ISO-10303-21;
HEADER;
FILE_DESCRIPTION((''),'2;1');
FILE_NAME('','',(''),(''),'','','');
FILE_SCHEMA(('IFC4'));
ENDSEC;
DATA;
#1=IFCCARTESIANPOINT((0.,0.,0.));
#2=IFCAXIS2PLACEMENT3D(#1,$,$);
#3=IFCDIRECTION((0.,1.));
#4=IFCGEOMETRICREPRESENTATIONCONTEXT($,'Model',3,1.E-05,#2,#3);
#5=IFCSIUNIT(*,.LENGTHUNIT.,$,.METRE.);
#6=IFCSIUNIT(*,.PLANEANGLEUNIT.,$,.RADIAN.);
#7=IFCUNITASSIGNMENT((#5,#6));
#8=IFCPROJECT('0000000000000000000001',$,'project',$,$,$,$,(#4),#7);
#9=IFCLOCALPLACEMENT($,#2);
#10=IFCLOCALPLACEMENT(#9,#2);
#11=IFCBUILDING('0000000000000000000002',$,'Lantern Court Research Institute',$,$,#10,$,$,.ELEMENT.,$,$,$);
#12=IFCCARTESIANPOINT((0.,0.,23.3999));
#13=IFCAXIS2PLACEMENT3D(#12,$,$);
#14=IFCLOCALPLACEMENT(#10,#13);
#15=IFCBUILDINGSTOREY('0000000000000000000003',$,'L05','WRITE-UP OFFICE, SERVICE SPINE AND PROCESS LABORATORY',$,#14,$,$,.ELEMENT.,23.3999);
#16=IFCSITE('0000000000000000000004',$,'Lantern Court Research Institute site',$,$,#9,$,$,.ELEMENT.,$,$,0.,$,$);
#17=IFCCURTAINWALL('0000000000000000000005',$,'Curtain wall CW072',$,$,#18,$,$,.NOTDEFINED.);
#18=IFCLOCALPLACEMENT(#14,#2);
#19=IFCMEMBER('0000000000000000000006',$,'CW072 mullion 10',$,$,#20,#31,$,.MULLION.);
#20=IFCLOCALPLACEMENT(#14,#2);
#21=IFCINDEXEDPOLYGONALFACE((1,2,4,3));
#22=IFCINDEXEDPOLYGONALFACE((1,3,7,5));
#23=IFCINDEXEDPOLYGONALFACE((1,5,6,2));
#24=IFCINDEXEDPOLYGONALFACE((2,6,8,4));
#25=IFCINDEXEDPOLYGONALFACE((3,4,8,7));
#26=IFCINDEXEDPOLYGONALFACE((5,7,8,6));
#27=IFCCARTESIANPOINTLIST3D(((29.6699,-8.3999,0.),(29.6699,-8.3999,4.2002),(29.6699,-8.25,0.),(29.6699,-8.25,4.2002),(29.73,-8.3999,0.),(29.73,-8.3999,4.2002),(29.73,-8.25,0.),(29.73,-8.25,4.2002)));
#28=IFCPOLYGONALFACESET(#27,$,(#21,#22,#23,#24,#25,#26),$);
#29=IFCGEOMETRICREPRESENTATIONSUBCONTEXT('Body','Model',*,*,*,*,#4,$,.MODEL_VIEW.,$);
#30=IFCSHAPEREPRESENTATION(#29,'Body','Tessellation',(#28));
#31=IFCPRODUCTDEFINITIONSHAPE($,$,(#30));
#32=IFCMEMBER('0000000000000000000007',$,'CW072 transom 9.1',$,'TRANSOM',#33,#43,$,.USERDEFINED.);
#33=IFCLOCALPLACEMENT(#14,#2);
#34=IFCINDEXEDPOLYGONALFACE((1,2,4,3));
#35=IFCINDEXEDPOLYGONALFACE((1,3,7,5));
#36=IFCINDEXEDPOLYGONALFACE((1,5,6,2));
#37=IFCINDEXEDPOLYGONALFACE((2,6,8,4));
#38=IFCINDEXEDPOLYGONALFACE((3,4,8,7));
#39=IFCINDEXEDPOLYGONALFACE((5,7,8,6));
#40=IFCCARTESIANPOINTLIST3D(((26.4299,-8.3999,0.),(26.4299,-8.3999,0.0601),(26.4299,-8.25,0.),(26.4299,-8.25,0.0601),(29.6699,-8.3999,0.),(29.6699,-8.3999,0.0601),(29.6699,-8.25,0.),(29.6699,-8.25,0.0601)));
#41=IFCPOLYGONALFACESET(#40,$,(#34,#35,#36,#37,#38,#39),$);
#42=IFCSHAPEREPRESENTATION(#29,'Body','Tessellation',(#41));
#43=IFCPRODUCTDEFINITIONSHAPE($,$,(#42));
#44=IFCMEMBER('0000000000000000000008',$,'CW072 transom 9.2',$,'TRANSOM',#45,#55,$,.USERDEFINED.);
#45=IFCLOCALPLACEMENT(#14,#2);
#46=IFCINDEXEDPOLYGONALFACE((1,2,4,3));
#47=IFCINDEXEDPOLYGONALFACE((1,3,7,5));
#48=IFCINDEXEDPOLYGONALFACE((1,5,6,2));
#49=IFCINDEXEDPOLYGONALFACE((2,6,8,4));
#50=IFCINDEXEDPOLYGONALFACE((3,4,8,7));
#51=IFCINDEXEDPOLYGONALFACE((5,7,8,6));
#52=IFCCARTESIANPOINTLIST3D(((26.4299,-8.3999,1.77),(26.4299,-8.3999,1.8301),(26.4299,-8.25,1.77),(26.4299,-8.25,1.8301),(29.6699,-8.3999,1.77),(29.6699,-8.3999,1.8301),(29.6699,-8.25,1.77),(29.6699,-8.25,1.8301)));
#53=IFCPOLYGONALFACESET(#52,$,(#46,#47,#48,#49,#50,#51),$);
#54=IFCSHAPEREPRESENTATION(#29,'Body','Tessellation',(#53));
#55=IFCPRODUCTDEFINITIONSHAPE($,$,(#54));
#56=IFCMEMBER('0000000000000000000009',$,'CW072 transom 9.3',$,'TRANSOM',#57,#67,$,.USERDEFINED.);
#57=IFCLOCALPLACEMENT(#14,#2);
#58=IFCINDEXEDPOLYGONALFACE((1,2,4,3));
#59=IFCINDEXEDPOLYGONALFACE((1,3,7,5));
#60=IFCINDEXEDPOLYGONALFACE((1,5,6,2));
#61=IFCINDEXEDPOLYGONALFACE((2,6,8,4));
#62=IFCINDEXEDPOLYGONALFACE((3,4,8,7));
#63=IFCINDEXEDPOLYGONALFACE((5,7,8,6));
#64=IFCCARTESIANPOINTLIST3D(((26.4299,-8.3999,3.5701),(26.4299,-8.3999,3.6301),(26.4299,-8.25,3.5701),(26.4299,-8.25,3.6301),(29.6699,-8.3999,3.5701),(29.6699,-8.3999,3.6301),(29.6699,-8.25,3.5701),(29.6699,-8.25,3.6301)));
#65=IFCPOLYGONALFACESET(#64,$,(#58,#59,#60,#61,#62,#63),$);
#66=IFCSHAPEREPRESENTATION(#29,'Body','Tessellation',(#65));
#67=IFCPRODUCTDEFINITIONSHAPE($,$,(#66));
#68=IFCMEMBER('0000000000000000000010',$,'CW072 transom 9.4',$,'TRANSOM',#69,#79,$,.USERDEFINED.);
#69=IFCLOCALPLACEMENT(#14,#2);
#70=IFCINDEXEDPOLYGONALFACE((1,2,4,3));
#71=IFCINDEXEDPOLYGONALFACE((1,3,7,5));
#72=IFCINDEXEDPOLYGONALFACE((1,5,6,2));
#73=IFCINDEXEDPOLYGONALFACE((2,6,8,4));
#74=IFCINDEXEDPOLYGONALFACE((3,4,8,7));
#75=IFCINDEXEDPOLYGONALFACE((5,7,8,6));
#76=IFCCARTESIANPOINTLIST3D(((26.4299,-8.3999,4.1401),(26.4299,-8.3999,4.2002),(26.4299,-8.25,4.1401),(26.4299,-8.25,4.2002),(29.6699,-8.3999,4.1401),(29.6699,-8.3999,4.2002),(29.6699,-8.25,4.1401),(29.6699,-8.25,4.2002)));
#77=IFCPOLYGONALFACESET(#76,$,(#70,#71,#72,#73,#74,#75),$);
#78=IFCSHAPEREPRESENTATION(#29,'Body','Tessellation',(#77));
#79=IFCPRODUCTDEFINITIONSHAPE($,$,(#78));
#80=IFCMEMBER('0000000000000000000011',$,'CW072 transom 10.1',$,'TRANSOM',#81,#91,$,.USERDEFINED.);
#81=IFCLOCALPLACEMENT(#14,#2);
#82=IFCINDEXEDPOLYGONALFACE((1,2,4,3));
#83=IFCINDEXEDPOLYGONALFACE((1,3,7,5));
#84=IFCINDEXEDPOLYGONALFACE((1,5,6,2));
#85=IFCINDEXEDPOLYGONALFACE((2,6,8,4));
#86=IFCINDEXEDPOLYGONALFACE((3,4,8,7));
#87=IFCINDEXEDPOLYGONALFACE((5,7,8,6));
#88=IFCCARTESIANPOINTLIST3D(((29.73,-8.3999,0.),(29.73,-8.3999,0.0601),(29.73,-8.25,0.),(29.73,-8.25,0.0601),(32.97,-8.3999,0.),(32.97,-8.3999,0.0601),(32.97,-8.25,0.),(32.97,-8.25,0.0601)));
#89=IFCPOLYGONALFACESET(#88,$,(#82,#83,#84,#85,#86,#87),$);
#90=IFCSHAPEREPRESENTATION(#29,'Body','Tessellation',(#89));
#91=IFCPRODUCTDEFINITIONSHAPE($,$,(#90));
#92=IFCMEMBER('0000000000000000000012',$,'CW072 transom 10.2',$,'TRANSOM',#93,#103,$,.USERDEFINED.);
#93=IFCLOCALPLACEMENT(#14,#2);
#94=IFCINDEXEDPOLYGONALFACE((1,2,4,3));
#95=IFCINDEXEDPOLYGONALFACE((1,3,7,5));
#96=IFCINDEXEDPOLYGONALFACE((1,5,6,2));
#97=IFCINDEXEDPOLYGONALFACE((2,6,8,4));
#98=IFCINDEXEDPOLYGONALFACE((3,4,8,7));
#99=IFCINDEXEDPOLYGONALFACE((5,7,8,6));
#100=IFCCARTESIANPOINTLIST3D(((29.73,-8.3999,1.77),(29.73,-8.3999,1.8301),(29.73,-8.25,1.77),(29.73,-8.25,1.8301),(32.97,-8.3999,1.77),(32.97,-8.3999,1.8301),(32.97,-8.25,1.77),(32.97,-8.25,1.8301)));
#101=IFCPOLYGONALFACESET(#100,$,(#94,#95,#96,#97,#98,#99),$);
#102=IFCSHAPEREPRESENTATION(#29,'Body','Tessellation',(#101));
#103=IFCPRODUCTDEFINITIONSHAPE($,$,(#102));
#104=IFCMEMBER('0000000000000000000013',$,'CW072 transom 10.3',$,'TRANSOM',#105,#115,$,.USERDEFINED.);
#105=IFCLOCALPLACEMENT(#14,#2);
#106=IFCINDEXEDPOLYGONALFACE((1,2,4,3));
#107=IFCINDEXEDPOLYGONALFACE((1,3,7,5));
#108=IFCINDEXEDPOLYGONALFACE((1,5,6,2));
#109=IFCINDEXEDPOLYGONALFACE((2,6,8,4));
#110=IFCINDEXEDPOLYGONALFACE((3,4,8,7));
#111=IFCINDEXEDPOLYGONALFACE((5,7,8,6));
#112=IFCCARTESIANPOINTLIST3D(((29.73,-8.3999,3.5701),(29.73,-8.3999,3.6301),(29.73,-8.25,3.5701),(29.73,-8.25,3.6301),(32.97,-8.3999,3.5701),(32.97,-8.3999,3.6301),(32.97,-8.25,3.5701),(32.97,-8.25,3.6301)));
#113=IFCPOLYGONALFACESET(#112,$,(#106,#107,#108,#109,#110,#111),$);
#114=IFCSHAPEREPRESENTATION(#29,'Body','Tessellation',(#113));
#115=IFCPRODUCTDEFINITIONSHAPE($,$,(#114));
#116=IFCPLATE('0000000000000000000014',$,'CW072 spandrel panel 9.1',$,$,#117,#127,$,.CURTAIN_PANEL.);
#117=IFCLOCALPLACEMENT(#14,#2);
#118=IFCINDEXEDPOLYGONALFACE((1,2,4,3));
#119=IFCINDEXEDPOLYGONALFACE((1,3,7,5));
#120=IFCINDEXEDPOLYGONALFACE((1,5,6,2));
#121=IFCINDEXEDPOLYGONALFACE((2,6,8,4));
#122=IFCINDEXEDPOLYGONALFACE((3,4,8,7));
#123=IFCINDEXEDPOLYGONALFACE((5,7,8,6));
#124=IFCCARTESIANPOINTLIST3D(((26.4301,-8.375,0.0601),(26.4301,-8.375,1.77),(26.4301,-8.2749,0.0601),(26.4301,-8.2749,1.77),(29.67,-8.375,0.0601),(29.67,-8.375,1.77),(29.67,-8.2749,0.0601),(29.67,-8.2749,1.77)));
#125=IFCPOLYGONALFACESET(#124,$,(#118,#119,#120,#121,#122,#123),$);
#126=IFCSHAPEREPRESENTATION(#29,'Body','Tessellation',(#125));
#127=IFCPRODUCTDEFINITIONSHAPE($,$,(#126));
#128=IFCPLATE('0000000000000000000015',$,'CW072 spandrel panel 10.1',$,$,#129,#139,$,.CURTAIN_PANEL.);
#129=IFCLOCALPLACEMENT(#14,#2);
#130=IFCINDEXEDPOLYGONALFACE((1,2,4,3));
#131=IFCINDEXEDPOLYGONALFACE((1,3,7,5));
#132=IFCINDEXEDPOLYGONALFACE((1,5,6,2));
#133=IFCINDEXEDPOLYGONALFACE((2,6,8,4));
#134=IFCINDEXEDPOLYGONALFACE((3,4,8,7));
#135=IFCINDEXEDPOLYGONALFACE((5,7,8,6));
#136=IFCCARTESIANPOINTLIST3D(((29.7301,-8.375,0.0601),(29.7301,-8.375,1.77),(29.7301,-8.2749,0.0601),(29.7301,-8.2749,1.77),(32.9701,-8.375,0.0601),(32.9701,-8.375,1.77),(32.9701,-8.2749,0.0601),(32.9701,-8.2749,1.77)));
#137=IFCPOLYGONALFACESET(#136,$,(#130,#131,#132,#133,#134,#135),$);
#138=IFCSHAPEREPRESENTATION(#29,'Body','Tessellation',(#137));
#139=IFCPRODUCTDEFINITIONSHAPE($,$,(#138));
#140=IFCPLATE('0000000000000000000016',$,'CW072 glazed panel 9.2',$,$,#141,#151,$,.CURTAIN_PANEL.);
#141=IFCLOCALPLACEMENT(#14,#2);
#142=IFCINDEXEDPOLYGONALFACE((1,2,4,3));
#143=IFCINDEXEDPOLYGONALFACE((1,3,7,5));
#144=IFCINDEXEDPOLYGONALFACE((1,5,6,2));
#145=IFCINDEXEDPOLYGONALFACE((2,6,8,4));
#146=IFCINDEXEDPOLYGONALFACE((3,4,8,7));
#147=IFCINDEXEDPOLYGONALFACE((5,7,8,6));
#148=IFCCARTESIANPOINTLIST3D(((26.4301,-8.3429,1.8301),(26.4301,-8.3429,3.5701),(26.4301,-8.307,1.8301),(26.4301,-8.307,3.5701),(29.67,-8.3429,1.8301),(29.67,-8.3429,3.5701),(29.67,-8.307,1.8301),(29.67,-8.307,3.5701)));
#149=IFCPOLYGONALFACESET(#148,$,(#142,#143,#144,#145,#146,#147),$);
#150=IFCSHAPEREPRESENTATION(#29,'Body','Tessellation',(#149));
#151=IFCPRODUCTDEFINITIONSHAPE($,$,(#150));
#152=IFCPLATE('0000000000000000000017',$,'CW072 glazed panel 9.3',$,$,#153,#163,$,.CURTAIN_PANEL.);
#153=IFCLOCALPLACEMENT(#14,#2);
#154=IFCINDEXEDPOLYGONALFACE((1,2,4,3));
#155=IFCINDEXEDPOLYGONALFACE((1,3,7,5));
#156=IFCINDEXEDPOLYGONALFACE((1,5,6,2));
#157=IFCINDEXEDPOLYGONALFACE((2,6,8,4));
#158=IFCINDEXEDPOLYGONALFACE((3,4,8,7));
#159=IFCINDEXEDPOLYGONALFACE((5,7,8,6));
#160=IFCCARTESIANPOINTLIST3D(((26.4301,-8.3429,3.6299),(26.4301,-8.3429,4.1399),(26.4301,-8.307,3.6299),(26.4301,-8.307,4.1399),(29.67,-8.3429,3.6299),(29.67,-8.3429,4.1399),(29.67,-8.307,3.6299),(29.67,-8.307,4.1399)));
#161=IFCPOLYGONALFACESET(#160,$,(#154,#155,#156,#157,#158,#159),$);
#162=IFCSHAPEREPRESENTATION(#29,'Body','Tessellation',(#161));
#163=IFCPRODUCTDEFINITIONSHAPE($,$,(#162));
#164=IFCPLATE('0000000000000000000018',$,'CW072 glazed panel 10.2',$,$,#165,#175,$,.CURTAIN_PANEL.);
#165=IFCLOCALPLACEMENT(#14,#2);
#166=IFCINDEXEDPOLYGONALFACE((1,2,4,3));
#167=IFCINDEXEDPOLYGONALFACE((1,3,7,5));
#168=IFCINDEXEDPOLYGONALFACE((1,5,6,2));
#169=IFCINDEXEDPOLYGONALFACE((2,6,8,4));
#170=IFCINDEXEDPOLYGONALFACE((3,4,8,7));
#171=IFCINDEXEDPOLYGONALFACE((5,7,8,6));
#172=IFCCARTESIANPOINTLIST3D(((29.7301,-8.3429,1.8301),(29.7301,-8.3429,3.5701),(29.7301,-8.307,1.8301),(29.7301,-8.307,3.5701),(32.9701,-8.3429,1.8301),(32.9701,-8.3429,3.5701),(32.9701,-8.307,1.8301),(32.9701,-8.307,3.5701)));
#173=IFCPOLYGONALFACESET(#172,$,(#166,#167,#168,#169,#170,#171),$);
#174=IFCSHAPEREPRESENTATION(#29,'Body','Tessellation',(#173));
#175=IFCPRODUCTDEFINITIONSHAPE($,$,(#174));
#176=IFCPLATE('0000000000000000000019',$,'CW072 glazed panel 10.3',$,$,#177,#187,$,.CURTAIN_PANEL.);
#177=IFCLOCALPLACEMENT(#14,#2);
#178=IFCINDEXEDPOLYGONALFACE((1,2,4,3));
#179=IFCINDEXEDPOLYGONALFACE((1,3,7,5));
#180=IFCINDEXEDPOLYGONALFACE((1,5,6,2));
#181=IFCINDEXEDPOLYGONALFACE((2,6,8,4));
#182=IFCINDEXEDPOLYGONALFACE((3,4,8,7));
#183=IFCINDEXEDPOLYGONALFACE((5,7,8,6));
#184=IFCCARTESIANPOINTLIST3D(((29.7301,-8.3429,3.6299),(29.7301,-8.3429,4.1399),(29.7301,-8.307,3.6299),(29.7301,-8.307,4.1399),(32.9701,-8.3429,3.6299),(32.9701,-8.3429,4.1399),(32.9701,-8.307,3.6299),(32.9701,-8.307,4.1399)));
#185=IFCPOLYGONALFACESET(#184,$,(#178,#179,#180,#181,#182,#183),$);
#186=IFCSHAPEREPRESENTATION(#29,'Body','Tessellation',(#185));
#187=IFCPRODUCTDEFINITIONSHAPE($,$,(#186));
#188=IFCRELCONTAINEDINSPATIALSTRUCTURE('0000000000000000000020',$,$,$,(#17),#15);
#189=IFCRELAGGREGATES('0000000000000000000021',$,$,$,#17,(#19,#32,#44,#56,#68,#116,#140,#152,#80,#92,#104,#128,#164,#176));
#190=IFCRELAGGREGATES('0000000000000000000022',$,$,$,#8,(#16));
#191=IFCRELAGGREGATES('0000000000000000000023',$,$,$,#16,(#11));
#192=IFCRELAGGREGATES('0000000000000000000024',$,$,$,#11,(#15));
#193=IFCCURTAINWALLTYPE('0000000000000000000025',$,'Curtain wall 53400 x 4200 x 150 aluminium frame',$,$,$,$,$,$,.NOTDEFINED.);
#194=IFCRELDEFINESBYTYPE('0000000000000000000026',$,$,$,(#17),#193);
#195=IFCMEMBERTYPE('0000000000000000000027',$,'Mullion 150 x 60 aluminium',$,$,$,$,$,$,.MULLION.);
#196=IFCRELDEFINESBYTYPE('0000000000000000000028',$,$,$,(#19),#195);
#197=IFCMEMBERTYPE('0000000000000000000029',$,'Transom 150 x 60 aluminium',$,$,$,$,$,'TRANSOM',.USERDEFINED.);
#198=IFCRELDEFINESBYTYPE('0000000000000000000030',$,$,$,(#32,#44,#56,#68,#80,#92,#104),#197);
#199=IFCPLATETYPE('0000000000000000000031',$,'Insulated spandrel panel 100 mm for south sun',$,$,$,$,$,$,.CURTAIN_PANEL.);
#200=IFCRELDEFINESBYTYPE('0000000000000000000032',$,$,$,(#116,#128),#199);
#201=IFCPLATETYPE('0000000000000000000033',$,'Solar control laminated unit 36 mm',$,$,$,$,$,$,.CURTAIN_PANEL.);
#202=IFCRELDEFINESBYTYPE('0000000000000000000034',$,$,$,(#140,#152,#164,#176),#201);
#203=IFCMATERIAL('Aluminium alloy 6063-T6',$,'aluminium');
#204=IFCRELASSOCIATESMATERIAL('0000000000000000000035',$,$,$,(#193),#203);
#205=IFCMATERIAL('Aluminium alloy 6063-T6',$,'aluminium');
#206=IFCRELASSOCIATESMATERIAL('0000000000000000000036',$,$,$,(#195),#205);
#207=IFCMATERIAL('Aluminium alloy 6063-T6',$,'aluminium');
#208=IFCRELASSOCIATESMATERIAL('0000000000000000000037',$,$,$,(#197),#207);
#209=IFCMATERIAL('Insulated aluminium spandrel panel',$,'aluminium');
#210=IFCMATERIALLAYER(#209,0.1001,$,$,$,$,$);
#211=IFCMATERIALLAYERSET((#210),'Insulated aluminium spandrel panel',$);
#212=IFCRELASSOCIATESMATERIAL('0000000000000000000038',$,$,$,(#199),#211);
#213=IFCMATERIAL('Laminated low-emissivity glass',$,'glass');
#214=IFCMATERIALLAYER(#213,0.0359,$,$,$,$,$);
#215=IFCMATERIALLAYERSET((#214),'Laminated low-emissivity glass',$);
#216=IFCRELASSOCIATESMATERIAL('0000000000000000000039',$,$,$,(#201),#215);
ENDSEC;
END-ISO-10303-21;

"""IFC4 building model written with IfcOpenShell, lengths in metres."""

from ifc_helpers import new_model, si_unit, direction, frame, origin, origin_2d, place, context, subcontext, project, spatial, rectangle, extrude, material, layer, layer_set, material_profile, profile_set, type_object, element, aggregate, save


model = new_model("IFC4")

# Units and contexts
model_context = context("Model", 3, precision=1e-05, world=origin(), true_north=direction((0.0, 1.0)))
body_context = subcontext(model_context, "Body", "Model", "MODEL_VIEW")
ifc_project = project(units=[si_unit("LENGTHUNIT", "METRE"), si_unit("PLANEANGLEUNIT", "RADIAN")], contexts=[model_context])

# Site, building, storey
site_placement = place(None, origin())
site = spatial("IfcSite", under=ifc_project, at=site_placement, Name="Lantern Court Research Institute site", CompositionType="ELEMENT", RefElevation=0.0)
building_placement = place(site_placement, origin())
building = spatial("IfcBuilding", under=site, at=building_placement, Name="Lantern Court Research Institute", CompositionType="ELEMENT")
storey_placement = place(building_placement, frame((0.0, 0.0, 23.3999)))
storey = spatial("IfcBuildingStorey", under=building, at=storey_placement, Name="L05", Description="WRITE-UP OFFICE, SERVICE SPINE AND PROCESS LABORATORY", CompositionType="ELEMENT", Elevation=23.3999)

# Curtain wall, members, plates
ifc_material_1 = material(Name="Aluminium alloy 6063-T6", Category="aluminium")
curtain_wall_type = type_object("IfcCurtainWallType", Name="Curtain wall 53400 x 4200 x 150 aluminium frame", PredefinedType="NOTDEFINED", material=ifc_material_1)
curtain_wall_placement = place(storey_placement, origin())
curtain_wall = element("IfcCurtainWall", 1, at=curtain_wall_placement, inside=storey, type_object=curtain_wall_type, Name="Curtain wall CW072", PredefinedType="NOTDEFINED")
ifc_material_2 = material(Name="Aluminium alloy 6063-T6", Category="aluminium")
ifc_material_profile_1 = material_profile(ifc_material_2, rectangle(XDim=0.1499, YDim=0.0601, at=origin_2d()), Name="Mullion 150 x 60")
ifc_profile_set_1 = profile_set([ifc_material_profile_1], Name="Aluminium alloy 6063-T6")
member_type_1 = type_object("IfcMemberType", Name="Mullion 150 x 60 aluminium", PredefinedType="MULLION", material=ifc_profile_set_1)
member_1_placement = place(storey_placement, frame((29.7, -8.325, 0.0), z_axis=(0.0, 0.0, 1.0), x_axis=(0.0, -1.0, 0.0)))
member_1 = element("IfcMember", 2, at=member_1_placement, type_object=member_type_1, Name="CW072 mullion 10", PredefinedType="MULLION", context=body_context, shape_type="SweptSolid", body=[
    extrude(rectangle(XDim=0.1499, YDim=0.0601, at=origin_2d()), origin(), (0.0, 0.0, 1.0), 4.2002),
])
ifc_material_3 = material(Name="Aluminium alloy 6063-T6", Category="aluminium")
ifc_material_profile_2 = material_profile(ifc_material_3, rectangle(XDim=0.1499, YDim=0.0601, at=origin_2d()), Name="Transom 150 x 60")
ifc_profile_set_2 = profile_set([ifc_material_profile_2], Name="Aluminium alloy 6063-T6")
member_type_2 = type_object("IfcMemberType", Name="Transom 150 x 60 aluminium", ElementType="TRANSOM", PredefinedType="USERDEFINED", material=ifc_profile_set_2)
member_2_placement = place(storey_placement, frame((29.6699, -8.325, 0.03), z_axis=(-1.0, 0.0, 0.0), x_axis=(0.0, -1.0, 0.0)))
member_2 = element("IfcMember", 3, at=member_2_placement, type_object=member_type_2, Name="CW072 transom 9.1", ObjectType="TRANSOM", PredefinedType="USERDEFINED", context=body_context, shape_type="SweptSolid", body=[
    extrude(rectangle(XDim=0.1499, YDim=0.0601, at=origin_2d()), origin(), (0.0, 0.0, 1.0), 3.24),
])
member_3_placement = place(storey_placement, frame((29.6699, -8.325, 1.8), z_axis=(-1.0, 0.0, 0.0), x_axis=(0.0, -1.0, 0.0)))
member_3 = element("IfcMember", 4, at=member_3_placement, type_object=member_type_2, Name="CW072 transom 9.2", ObjectType="TRANSOM", PredefinedType="USERDEFINED", context=body_context, shape_type="SweptSolid", body=[
    extrude(rectangle(XDim=0.1499, YDim=0.0601, at=origin_2d()), origin(), (0.0, 0.0, 1.0), 3.24),
])
member_4_placement = place(storey_placement, frame((29.6699, -8.325, 3.6001), z_axis=(-1.0, 0.0, 0.0), x_axis=(0.0, -1.0, 0.0)))
member_4 = element("IfcMember", 5, at=member_4_placement, type_object=member_type_2, Name="CW072 transom 9.3", ObjectType="TRANSOM", PredefinedType="USERDEFINED", context=body_context, shape_type="SweptSolid", body=[
    extrude(rectangle(XDim=0.1499, YDim=0.0601, at=origin_2d()), origin(), (0.0, 0.0, 1.0), 3.24),
])
member_5_placement = place(storey_placement, frame((29.6699, -8.325, 4.1702), z_axis=(-1.0, 0.0, 0.0), x_axis=(0.0, -1.0, 0.0)))
member_5 = element("IfcMember", 6, at=member_5_placement, type_object=member_type_2, Name="CW072 transom 9.4", ObjectType="TRANSOM", PredefinedType="USERDEFINED", context=body_context, shape_type="SweptSolid", body=[
    extrude(rectangle(XDim=0.1499, YDim=0.0601, at=origin_2d()), origin(), (0.0, 0.0, 1.0), 3.24),
])
member_6_placement = place(storey_placement, frame((32.97, -8.325, 0.03), z_axis=(-1.0, 0.0, 0.0), x_axis=(0.0, -1.0, 0.0)))
member_6 = element("IfcMember", 7, at=member_6_placement, type_object=member_type_2, Name="CW072 transom 10.1", ObjectType="TRANSOM", PredefinedType="USERDEFINED", context=body_context, shape_type="SweptSolid", body=[
    extrude(rectangle(XDim=0.1499, YDim=0.0601, at=origin_2d()), origin(), (0.0, 0.0, 1.0), 3.24),
])
member_7_placement = place(storey_placement, frame((32.97, -8.325, 1.8), z_axis=(-1.0, 0.0, 0.0), x_axis=(0.0, -1.0, 0.0)))
member_7 = element("IfcMember", 8, at=member_7_placement, type_object=member_type_2, Name="CW072 transom 10.2", ObjectType="TRANSOM", PredefinedType="USERDEFINED", context=body_context, shape_type="SweptSolid", body=[
    extrude(rectangle(XDim=0.1499, YDim=0.0601, at=origin_2d()), origin(), (0.0, 0.0, 1.0), 3.24),
])
member_8_placement = place(storey_placement, frame((32.97, -8.325, 3.6001), z_axis=(-1.0, 0.0, 0.0), x_axis=(0.0, -1.0, 0.0)))
member_8 = element("IfcMember", 9, at=member_8_placement, type_object=member_type_2, Name="CW072 transom 10.3", ObjectType="TRANSOM", PredefinedType="USERDEFINED", context=body_context, shape_type="SweptSolid", body=[
    extrude(rectangle(XDim=0.1499, YDim=0.0601, at=origin_2d()), origin(), (0.0, 0.0, 1.0), 3.24),
])
ifc_material_4 = material(Name="Insulated aluminium spandrel panel", Category="aluminium")
ifc_layer_1 = layer(ifc_material_4, 0.1001)
ifc_layer_set_1 = layer_set([ifc_layer_1], Name="Insulated aluminium spandrel panel")
plate_type_1 = type_object("IfcPlateType", Name="Insulated spandrel panel 100 mm for south sun", PredefinedType="CURTAIN_PANEL", material=ifc_layer_set_1)
plate_1_placement = place(storey_placement, frame((28.05, -8.325, 0.0601), z_axis=(0.0, 0.0, 1.0), x_axis=(-1.0, 0.0, 0.0)))
plate_1 = element("IfcPlate", 10, at=plate_1_placement, type_object=plate_type_1, Name="CW072 spandrel panel 9.1", PredefinedType="CURTAIN_PANEL", context=body_context, shape_type="SweptSolid", body=[
    extrude(rectangle(XDim=3.24, YDim=0.1001, at=origin_2d()), origin(), (0.0, 0.0, 1.0), 1.71),
])
plate_2_placement = place(storey_placement, frame((31.3501, -8.325, 0.0601), z_axis=(0.0, 0.0, 1.0), x_axis=(-1.0, 0.0, 0.0)))
plate_2 = element("IfcPlate", 11, at=plate_2_placement, type_object=plate_type_1, Name="CW072 spandrel panel 10.1", PredefinedType="CURTAIN_PANEL", context=body_context, shape_type="SweptSolid", body=[
    extrude(rectangle(XDim=3.24, YDim=0.1001, at=origin_2d()), origin(), (0.0, 0.0, 1.0), 1.71),
])
ifc_material_5 = material(Name="Laminated low-emissivity glass", Category="glass")
ifc_layer_2 = layer(ifc_material_5, 0.0359)
ifc_layer_set_2 = layer_set([ifc_layer_2], Name="Laminated low-emissivity glass")
plate_type_2 = type_object("IfcPlateType", Name="Solar control laminated unit 36 mm", PredefinedType="CURTAIN_PANEL", material=ifc_layer_set_2)
plate_3_placement = place(storey_placement, frame((28.05, -8.325, 1.8301), z_axis=(0.0, 0.0, 1.0), x_axis=(-1.0, 0.0, 0.0)))
plate_3 = element("IfcPlate", 12, at=plate_3_placement, type_object=plate_type_2, Name="CW072 glazed panel 9.2", PredefinedType="CURTAIN_PANEL", context=body_context, shape_type="SweptSolid", body=[
    extrude(rectangle(XDim=3.24, YDim=0.0359, at=origin_2d()), origin(), (0.0, 0.0, 1.0), 1.74),
])
plate_4_placement = place(storey_placement, frame((28.05, -8.325, 3.6299), z_axis=(0.0, 0.0, 1.0), x_axis=(-1.0, 0.0, 0.0)))
plate_4 = element("IfcPlate", 13, at=plate_4_placement, type_object=plate_type_2, Name="CW072 glazed panel 9.3", PredefinedType="CURTAIN_PANEL", context=body_context, shape_type="SweptSolid", body=[
    extrude(rectangle(XDim=3.24, YDim=0.0359, at=origin_2d()), origin(), (0.0, 0.0, 1.0), 0.51),
])
plate_5_placement = place(storey_placement, frame((31.3501, -8.325, 1.8301), z_axis=(0.0, 0.0, 1.0), x_axis=(-1.0, 0.0, 0.0)))
plate_5 = element("IfcPlate", 14, at=plate_5_placement, type_object=plate_type_2, Name="CW072 glazed panel 10.2", PredefinedType="CURTAIN_PANEL", context=body_context, shape_type="SweptSolid", body=[
    extrude(rectangle(XDim=3.24, YDim=0.0359, at=origin_2d()), origin(), (0.0, 0.0, 1.0), 1.74),
])
plate_6_placement = place(storey_placement, frame((31.3501, -8.325, 3.6299), z_axis=(0.0, 0.0, 1.0), x_axis=(-1.0, 0.0, 0.0)))
plate_6 = element("IfcPlate", 15, at=plate_6_placement, type_object=plate_type_2, Name="CW072 glazed panel 10.3", PredefinedType="CURTAIN_PANEL", context=body_context, shape_type="SweptSolid", body=[
    extrude(rectangle(XDim=3.24, YDim=0.0359, at=origin_2d()), origin(), (0.0, 0.0, 1.0), 0.51),
])
aggregate(curtain_wall, [member_1, member_2, member_3, member_4, member_5, plate_1, plate_3, plate_4, member_6, member_7, member_8, plate_2, plate_5, plate_6])

save(model, "model.ifc")
